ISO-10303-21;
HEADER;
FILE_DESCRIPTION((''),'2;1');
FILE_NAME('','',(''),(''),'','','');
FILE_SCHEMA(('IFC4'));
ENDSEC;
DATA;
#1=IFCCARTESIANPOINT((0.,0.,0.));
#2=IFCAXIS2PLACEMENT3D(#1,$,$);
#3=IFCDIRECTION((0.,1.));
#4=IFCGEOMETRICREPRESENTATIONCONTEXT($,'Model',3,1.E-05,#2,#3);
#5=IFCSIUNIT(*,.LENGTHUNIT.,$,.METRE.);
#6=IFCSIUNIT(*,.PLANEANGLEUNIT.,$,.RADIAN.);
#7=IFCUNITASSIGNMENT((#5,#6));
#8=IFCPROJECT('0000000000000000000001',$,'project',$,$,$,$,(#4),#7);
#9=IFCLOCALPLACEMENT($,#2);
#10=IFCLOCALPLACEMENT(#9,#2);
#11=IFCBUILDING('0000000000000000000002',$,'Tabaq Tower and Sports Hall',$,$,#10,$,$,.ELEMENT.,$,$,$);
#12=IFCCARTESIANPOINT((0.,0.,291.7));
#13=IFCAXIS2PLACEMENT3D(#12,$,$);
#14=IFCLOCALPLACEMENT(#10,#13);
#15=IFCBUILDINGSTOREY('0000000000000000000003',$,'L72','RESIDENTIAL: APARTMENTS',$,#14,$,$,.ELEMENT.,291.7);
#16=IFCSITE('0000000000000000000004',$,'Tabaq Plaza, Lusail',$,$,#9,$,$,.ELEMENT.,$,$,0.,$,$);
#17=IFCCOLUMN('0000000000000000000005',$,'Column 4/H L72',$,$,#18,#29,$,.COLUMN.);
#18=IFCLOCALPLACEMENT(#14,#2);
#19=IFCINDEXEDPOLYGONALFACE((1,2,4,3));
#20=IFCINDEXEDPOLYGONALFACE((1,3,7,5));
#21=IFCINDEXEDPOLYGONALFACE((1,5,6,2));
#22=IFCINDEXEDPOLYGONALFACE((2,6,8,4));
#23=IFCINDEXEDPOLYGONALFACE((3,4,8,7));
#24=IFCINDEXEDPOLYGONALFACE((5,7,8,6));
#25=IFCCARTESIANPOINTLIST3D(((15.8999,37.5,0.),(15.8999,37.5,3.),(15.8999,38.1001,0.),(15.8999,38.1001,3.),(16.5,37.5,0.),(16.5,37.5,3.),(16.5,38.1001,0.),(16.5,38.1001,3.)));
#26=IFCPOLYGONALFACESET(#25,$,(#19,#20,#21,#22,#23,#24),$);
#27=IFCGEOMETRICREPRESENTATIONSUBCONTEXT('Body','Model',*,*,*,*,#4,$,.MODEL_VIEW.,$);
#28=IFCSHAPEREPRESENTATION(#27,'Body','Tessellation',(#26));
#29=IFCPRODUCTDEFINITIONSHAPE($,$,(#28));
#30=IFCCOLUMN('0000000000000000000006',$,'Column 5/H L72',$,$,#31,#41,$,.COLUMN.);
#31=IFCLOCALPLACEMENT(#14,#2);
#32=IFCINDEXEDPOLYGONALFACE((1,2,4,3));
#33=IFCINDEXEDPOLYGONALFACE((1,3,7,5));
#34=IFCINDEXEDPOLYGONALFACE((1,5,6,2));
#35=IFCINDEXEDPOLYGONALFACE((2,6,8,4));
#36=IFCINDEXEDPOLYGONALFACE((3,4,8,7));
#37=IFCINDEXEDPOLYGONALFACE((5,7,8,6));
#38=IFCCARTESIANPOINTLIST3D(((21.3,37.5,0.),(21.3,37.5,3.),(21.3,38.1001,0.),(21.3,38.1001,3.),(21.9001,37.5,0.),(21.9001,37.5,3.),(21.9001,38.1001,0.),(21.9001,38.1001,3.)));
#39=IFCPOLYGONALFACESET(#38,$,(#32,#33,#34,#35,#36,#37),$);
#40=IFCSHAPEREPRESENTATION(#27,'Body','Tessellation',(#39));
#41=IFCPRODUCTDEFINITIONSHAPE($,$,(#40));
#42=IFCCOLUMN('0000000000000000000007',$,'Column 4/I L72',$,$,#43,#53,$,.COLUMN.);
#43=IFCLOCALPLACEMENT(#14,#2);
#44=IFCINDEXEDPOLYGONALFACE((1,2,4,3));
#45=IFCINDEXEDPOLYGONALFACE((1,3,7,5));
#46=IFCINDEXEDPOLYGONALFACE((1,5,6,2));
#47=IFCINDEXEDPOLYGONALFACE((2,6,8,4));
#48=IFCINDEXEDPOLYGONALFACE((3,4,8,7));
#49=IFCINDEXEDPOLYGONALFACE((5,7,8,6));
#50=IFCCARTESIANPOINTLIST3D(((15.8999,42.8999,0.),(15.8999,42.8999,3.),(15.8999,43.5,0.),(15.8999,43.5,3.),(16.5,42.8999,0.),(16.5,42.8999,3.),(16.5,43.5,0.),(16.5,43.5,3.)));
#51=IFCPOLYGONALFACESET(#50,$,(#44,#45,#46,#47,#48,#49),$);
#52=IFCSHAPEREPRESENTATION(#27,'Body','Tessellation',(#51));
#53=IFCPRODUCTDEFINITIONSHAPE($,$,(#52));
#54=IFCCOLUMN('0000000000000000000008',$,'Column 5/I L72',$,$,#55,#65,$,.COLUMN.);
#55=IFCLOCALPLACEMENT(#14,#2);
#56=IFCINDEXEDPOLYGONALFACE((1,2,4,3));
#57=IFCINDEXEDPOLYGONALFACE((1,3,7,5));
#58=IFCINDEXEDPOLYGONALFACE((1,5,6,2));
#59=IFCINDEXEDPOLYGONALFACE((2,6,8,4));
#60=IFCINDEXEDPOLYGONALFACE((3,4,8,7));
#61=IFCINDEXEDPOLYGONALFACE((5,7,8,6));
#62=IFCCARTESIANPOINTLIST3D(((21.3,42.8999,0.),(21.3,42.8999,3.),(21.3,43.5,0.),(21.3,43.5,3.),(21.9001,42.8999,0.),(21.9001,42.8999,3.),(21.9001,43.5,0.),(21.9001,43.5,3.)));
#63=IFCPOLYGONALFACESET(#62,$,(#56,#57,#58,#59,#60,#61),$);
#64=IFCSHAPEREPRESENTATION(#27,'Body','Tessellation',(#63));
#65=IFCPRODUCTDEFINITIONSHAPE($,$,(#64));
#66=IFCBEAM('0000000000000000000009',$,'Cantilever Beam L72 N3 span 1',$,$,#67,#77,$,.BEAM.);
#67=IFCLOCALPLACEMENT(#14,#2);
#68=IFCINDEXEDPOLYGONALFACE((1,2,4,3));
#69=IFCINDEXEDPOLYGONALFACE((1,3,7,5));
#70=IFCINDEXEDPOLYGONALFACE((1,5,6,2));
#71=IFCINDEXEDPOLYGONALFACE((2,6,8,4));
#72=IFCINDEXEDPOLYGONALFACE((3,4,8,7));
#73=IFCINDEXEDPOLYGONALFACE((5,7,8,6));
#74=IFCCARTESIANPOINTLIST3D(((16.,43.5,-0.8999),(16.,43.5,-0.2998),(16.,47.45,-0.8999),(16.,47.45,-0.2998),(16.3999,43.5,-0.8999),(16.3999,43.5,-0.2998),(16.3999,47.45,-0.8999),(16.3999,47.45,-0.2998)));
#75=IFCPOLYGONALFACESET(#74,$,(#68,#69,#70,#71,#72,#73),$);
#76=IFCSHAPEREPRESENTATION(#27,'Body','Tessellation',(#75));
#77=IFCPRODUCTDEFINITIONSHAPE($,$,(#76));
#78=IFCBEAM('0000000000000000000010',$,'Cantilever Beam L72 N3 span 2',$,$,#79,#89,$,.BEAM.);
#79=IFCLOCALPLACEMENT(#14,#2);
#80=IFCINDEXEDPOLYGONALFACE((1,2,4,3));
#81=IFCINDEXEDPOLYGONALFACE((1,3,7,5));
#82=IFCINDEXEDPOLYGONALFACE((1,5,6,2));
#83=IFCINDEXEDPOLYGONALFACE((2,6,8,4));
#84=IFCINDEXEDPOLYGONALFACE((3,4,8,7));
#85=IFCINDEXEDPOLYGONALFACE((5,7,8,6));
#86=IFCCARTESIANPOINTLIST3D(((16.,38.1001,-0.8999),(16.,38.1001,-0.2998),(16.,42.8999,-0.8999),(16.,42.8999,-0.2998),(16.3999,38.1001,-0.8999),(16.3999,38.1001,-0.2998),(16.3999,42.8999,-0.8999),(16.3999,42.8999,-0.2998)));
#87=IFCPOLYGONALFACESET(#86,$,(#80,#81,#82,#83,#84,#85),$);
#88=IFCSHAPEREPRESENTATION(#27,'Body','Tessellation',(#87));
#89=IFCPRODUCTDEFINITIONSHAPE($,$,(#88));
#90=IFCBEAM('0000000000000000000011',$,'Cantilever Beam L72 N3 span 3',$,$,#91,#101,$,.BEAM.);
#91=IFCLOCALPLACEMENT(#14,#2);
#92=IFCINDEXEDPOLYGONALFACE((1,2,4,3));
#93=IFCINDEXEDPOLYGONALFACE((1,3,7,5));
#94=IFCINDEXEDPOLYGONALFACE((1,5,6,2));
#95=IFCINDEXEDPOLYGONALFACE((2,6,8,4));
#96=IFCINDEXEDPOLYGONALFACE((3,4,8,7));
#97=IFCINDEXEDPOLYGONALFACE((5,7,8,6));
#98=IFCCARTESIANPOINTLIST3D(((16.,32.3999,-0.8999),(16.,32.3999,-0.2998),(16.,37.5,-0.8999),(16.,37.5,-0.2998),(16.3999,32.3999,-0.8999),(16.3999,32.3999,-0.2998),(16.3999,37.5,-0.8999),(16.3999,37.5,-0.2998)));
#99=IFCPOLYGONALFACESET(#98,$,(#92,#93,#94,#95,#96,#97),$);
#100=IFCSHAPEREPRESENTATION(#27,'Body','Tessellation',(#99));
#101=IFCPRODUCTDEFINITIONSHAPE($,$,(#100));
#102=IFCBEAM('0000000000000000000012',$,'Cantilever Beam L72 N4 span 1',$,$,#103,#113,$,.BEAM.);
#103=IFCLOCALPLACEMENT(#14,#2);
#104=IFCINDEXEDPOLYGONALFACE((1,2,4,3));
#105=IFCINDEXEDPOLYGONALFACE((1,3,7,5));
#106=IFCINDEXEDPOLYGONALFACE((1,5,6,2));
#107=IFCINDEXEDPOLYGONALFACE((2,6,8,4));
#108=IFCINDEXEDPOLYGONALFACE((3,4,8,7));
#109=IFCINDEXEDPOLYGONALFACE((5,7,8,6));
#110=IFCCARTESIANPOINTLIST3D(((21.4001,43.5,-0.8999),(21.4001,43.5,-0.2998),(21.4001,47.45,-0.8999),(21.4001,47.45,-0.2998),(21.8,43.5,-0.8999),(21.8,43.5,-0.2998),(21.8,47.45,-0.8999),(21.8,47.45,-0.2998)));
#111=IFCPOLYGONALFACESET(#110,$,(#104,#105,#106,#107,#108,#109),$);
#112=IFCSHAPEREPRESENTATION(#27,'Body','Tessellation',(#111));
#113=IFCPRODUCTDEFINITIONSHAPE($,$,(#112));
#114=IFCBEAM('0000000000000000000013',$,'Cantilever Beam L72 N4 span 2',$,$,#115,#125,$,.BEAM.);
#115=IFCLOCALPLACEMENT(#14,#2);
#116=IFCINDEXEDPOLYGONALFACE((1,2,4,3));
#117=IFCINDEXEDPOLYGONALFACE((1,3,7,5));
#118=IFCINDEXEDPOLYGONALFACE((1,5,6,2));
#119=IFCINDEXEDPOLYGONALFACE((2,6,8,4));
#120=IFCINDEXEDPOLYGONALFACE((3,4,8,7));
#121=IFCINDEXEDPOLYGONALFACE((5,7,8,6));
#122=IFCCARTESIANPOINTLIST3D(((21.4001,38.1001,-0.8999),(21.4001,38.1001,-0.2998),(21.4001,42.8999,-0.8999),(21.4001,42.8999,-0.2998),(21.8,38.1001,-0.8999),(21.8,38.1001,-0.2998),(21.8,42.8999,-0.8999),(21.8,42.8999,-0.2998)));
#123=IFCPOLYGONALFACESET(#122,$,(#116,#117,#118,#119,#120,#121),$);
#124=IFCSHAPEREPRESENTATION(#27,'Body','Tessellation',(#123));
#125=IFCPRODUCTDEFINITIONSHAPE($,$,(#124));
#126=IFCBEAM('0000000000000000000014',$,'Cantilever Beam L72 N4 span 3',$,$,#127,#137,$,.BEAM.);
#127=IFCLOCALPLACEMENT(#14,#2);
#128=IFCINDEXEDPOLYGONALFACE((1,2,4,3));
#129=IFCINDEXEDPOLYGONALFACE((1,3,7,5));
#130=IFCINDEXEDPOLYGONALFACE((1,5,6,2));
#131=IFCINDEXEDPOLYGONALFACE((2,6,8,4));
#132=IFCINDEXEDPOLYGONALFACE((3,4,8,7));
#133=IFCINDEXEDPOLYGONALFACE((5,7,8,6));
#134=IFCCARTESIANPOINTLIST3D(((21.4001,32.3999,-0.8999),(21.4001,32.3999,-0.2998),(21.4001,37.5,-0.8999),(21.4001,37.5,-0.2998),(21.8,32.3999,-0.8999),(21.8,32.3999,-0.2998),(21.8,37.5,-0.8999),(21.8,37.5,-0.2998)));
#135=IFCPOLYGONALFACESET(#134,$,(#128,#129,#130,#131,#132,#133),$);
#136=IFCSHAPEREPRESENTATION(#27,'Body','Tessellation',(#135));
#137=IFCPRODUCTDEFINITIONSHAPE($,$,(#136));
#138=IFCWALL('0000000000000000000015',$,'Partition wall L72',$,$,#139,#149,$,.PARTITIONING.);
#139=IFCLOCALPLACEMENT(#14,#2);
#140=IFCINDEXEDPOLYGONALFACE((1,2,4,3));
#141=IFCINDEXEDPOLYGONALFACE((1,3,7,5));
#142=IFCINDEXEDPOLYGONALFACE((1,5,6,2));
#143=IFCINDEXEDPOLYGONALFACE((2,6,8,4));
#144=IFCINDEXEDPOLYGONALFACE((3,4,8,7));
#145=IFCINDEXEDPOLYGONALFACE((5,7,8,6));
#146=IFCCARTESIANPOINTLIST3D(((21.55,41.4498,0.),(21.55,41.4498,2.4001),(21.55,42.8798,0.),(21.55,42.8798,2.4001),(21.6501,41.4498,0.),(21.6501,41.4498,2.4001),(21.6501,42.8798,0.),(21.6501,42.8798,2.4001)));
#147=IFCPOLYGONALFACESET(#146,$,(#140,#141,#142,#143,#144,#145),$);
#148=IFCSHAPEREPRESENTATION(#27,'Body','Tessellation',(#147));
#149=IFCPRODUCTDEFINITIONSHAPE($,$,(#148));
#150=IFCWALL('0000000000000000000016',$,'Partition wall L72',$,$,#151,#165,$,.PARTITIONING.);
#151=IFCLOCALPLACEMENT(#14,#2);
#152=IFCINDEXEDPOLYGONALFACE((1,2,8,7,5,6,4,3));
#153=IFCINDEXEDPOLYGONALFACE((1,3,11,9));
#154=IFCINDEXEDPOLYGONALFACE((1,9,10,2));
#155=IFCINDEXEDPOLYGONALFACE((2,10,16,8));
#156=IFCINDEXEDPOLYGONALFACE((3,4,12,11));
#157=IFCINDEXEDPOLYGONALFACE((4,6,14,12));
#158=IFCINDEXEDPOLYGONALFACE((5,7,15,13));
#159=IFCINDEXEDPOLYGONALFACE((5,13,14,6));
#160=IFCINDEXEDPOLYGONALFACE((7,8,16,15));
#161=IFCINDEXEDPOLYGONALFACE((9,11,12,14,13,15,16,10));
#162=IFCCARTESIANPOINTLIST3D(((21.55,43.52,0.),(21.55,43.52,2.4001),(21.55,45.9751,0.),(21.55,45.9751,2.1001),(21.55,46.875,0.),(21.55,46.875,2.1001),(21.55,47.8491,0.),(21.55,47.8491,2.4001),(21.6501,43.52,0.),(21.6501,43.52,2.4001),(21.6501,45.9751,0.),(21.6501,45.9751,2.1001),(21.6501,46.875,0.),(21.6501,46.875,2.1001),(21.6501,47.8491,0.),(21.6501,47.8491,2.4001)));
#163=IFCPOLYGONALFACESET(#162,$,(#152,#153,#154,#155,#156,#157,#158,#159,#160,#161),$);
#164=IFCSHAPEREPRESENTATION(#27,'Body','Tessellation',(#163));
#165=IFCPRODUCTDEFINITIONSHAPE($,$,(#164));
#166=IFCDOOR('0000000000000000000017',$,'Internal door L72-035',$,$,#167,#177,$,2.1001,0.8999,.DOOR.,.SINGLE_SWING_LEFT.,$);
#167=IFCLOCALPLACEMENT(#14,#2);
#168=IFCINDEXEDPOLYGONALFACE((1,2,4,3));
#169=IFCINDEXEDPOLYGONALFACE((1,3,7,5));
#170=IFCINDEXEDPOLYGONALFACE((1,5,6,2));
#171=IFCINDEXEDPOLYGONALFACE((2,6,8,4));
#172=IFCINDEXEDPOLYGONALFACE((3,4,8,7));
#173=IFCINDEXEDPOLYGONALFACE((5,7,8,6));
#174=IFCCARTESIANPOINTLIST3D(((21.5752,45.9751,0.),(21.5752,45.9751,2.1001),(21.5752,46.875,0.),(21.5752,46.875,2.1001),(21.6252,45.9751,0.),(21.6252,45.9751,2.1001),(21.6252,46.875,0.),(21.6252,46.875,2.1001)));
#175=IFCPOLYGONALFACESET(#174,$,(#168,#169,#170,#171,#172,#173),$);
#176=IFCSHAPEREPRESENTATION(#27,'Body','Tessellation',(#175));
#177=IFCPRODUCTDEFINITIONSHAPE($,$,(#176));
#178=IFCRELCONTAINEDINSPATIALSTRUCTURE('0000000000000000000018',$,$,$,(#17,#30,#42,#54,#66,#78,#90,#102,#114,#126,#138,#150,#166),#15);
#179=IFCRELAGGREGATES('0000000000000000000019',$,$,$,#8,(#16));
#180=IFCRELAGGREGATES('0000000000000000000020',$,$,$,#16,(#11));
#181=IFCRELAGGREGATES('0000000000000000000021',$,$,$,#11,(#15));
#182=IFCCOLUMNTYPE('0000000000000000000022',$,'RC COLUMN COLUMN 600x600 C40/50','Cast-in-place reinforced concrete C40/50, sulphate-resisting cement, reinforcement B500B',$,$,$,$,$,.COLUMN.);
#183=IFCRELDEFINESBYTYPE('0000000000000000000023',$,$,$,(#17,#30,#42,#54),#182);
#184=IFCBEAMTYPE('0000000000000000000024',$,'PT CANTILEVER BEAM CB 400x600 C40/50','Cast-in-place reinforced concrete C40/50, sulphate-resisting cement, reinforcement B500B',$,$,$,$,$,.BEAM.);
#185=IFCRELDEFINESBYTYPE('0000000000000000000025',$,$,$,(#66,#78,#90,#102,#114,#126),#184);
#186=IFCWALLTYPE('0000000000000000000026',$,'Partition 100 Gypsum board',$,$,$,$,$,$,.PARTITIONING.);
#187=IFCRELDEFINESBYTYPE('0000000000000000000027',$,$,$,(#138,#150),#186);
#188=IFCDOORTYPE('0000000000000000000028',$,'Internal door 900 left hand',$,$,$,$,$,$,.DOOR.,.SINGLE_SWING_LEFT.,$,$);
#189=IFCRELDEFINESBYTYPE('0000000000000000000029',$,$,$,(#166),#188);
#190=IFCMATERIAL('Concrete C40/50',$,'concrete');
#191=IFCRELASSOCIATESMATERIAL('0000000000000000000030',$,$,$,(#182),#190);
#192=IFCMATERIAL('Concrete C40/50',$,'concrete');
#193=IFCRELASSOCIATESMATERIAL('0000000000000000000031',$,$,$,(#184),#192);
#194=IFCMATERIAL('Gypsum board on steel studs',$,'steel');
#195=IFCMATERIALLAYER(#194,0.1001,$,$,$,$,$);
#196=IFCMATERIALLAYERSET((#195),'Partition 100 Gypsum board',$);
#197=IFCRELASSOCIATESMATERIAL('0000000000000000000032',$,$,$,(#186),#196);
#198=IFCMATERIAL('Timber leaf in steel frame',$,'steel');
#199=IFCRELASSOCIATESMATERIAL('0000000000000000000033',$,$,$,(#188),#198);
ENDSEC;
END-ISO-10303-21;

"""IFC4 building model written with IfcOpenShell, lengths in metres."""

from ifc_helpers import new_model, si_unit, direction, frame, frame_2d, origin, origin_2d, place, context, subcontext, project, spatial, rectangle, extrude, material, layer, layer_set, material_profile, profile_set, type_object, element, fill, save


model = new_model("IFC4")

# Units and contexts
model_context = context("Model", 3, precision=1e-05, world=origin(), true_north=direction((0.0, 1.0)))
body_context = subcontext(model_context, "Body", "Model", "MODEL_VIEW")
ifc_project = project(units=[si_unit("LENGTHUNIT", "METRE"), si_unit("PLANEANGLEUNIT", "RADIAN")], contexts=[model_context])

# Site, building, storey
site_placement = place(None, origin())
site = spatial("IfcSite", under=ifc_project, at=site_placement, Name="Tabaq Plaza, Lusail", CompositionType="ELEMENT", RefElevation=0.0)
building_placement = place(site_placement, origin())
building = spatial("IfcBuilding", under=site, at=building_placement, Name="Tabaq Tower and Sports Hall", CompositionType="ELEMENT")
storey_placement = place(building_placement, frame((0.0, 0.0, 291.7)))
storey = spatial("IfcBuildingStorey", under=building, at=storey_placement, Name="L72", Description="RESIDENTIAL: APARTMENTS", CompositionType="ELEMENT", Elevation=291.7)

# Columns
ifc_material_1 = material(Name="Concrete C40/50", Category="concrete")
ifc_material_profile_1 = material_profile(ifc_material_1, rectangle(XDim=0.6001, YDim=0.6001, at=origin_2d()), Name="COLUMN 600x600")
ifc_profile_set_1 = profile_set([ifc_material_profile_1], Name="Concrete C40/50")
column_type = type_object("IfcColumnType", Name="RC COLUMN COLUMN 600x600 C40/50", Description="Cast-in-place reinforced concrete C40/50, sulphate-resisting cement, reinforcement B500B", PredefinedType="COLUMN", material=ifc_profile_set_1)
for number, where, z_axis, x_axis, name in (
    (1, (16.2, 37.8, 0.0), (0.0, 0.0, 1.0), (1.0, 0.0, 0.0), "Column 4/H L72"),
    (2, (21.6001, 37.8, 0.0), (0.0, 0.0, 1.0), (1.0, 0.0, 0.0), "Column 5/H L72"),
    (3, (16.2, 43.2, 0.0), (0.0, 0.0, 1.0), (1.0, 0.0, 0.0), "Column 4/I L72"),
    (4, (21.6001, 43.2, 0.0), (0.0, 0.0, 1.0), (1.0, 0.0, 0.0), "Column 5/I L72"),
):
    element("IfcColumn", number, at=place(storey_placement, frame(where, z_axis=z_axis, x_axis=x_axis)), inside=storey, type_object=column_type, Name=name, PredefinedType="COLUMN", context=body_context, shape_type="SweptSolid", body=[
        extrude(rectangle(XDim=0.6001, YDim=0.6001, at=origin_2d()), origin(), (0.0, 0.0, 1.0), 3.0),
    ])

# Beams
ifc_material_2 = material(Name="Concrete C40/50", Category="concrete")
ifc_material_profile_2 = material_profile(ifc_material_2, rectangle(XDim=0.3999, YDim=0.6001, at=origin_2d()), Name="CB 400x600")
ifc_profile_set_2 = profile_set([ifc_material_profile_2], Name="Concrete C40/50")
beam_type = type_object("IfcBeamType", Name="PT CANTILEVER BEAM CB 400x600 C40/50", Description="Cast-in-place reinforced concrete C40/50, sulphate-resisting cement, reinforcement B500B", PredefinedType="BEAM", material=ifc_profile_set_2)
beam_1_placement = place(storey_placement, frame((16.2, 47.45, -0.5999), z_axis=(0.0, -1.0, 0.0), x_axis=(1.0, 0.0, 0.0)))
element("IfcBeam", 5, at=beam_1_placement, inside=storey, type_object=beam_type, Name="Cantilever Beam L72 N3 span 1", PredefinedType="BEAM", context=body_context, shape_type="SweptSolid", body=[
    extrude(rectangle(XDim=0.3999, YDim=0.6001, at=origin_2d()), origin(), (0.0, 0.0, 1.0), 3.95),
])
beam_2_placement = place(storey_placement, frame((16.2, 42.8999, -0.5999), z_axis=(0.0, -1.0, 0.0), x_axis=(1.0, 0.0, 0.0)))
element("IfcBeam", 6, at=beam_2_placement, inside=storey, type_object=beam_type, Name="Cantilever Beam L72 N3 span 2", PredefinedType="BEAM", context=body_context, shape_type="SweptSolid", body=[
    extrude(rectangle(XDim=0.3999, YDim=0.6001, at=origin_2d()), origin(), (0.0, 0.0, 1.0), 4.7998),
])
beam_3_placement = place(storey_placement, frame((16.2, 37.5, -0.5999), z_axis=(0.0, -1.0, 0.0), x_axis=(1.0, 0.0, 0.0)))
element("IfcBeam", 7, at=beam_3_placement, inside=storey, type_object=beam_type, Name="Cantilever Beam L72 N3 span 3", PredefinedType="BEAM", context=body_context, shape_type="SweptSolid", body=[
    extrude(rectangle(XDim=0.3999, YDim=0.6001, at=origin_2d()), origin(), (0.0, 0.0, 1.0), 5.1001),
])
beam_4_placement = place(storey_placement, frame((21.6001, 47.45, -0.5999), z_axis=(0.0, -1.0, 0.0), x_axis=(1.0, 0.0, 0.0)))
element("IfcBeam", 8, at=beam_4_placement, inside=storey, type_object=beam_type, Name="Cantilever Beam L72 N4 span 1", PredefinedType="BEAM", context=body_context, shape_type="SweptSolid", body=[
    extrude(rectangle(XDim=0.3999, YDim=0.6001, at=origin_2d()), origin(), (0.0, 0.0, 1.0), 3.95),
])
beam_5_placement = place(storey_placement, frame((21.6001, 42.8999, -0.5999), z_axis=(0.0, -1.0, 0.0), x_axis=(1.0, 0.0, 0.0)))
element("IfcBeam", 9, at=beam_5_placement, inside=storey, type_object=beam_type, Name="Cantilever Beam L72 N4 span 2", PredefinedType="BEAM", context=body_context, shape_type="SweptSolid", body=[
    extrude(rectangle(XDim=0.3999, YDim=0.6001, at=origin_2d()), origin(), (0.0, 0.0, 1.0), 4.7998),
])
beam_6_placement = place(storey_placement, frame((21.6001, 37.5, -0.5999), z_axis=(0.0, -1.0, 0.0), x_axis=(1.0, 0.0, 0.0)))
element("IfcBeam", 10, at=beam_6_placement, inside=storey, type_object=beam_type, Name="Cantilever Beam L72 N4 span 3", PredefinedType="BEAM", context=body_context, shape_type="SweptSolid", body=[
    extrude(rectangle(XDim=0.3999, YDim=0.6001, at=origin_2d()), origin(), (0.0, 0.0, 1.0), 5.1001),
])

# Wall
ifc_material_3 = material(Name="Gypsum board on steel studs", Category="steel")
ifc_layer_1 = layer(ifc_material_3, 0.1001)
ifc_layer_set_1 = layer_set([ifc_layer_1], Name="Partition 100 Gypsum board")
wall_type_1 = type_object("IfcWallType", Name="Partition 100 Gypsum board", PredefinedType="PARTITIONING", material=ifc_layer_set_1)
wall_1_placement = place(storey_placement, frame((21.6001, 41.45, 0.0), z_axis=(0.0, 0.0, 1.0), x_axis=(0.0, 1.0, 0.0)))
element("IfcWall", 11, at=wall_1_placement, inside=storey, type_object=wall_type_1, Name="Partition wall L72", PredefinedType="PARTITIONING", context=body_context, shape_type="SweptSolid", body=[
    extrude(rectangle(XDim=1.4299, YDim=0.1001, at=frame_2d((0.7148, 0.0))), origin(), (0.0, 0.0, 1.0), 2.4001),
])

# Wall, opening, door
wall_2_placement = place(storey_placement, frame((21.6001, 43.52, 0.0), z_axis=(0.0, 0.0, 1.0), x_axis=(0.0, 1.0, 0.0)))
wall_2 = element("IfcWall", 12, at=wall_2_placement, inside=storey, type_object=wall_type_1, Name="Partition wall L72", PredefinedType="PARTITIONING", context=body_context, shape_type="SweptSolid", body=[
    extrude(rectangle(XDim=4.3291, YDim=0.1001, at=frame_2d((2.1646, 0.0))), origin(), (0.0, 0.0, 1.0), 2.4001),
])
opening_1_placement = place(wall_2_placement, frame((2.4551, 0.0, 0.0)))
opening_1 = element("IfcOpeningElement", 13, at=opening_1_placement, cuts=wall_2, PredefinedType="OPENING", context=body_context, shape_type="SweptSolid", body=[
    extrude(rectangle(XDim=0.8999, YDim=2.1001, at=frame_2d((0.45, 1.05))), frame((0.0, 0.05, 0.0), z_axis=(0.0, -1.0, 0.0), x_axis=(1.0, 0.0, 0.0)), (0.0, 0.0, 1.0), 0.1001),
])
ifc_material_4 = material(Name="Timber leaf in steel frame", Category="steel")
door_type_1 = type_object("IfcDoorType", Name="Internal door 900 left hand", OperationType="SINGLE_SWING_LEFT", PredefinedType="DOOR", material=ifc_material_4)
door_1_placement = place(opening_1_placement, origin())
door_1 = element("IfcDoor", 14, at=door_1_placement, inside=storey, type_object=door_type_1, Name="Internal door L72-035", OperationType="SINGLE_SWING_LEFT", OverallHeight=2.1001, OverallWidth=0.8999, PredefinedType="DOOR", context=body_context, shape_type="SweptSolid", body=[
    extrude(rectangle(XDim=0.8999, YDim=2.1001, at=frame_2d((0.45, 1.05))), frame((0.0, 0.0249, 0.0), z_axis=(0.0, -1.0, 0.0), x_axis=(1.0, 0.0, 0.0)), (0.0, 0.0, 1.0), 0.05),
])
fill(opening_1, door_1)

save(model, "model.ifc")
